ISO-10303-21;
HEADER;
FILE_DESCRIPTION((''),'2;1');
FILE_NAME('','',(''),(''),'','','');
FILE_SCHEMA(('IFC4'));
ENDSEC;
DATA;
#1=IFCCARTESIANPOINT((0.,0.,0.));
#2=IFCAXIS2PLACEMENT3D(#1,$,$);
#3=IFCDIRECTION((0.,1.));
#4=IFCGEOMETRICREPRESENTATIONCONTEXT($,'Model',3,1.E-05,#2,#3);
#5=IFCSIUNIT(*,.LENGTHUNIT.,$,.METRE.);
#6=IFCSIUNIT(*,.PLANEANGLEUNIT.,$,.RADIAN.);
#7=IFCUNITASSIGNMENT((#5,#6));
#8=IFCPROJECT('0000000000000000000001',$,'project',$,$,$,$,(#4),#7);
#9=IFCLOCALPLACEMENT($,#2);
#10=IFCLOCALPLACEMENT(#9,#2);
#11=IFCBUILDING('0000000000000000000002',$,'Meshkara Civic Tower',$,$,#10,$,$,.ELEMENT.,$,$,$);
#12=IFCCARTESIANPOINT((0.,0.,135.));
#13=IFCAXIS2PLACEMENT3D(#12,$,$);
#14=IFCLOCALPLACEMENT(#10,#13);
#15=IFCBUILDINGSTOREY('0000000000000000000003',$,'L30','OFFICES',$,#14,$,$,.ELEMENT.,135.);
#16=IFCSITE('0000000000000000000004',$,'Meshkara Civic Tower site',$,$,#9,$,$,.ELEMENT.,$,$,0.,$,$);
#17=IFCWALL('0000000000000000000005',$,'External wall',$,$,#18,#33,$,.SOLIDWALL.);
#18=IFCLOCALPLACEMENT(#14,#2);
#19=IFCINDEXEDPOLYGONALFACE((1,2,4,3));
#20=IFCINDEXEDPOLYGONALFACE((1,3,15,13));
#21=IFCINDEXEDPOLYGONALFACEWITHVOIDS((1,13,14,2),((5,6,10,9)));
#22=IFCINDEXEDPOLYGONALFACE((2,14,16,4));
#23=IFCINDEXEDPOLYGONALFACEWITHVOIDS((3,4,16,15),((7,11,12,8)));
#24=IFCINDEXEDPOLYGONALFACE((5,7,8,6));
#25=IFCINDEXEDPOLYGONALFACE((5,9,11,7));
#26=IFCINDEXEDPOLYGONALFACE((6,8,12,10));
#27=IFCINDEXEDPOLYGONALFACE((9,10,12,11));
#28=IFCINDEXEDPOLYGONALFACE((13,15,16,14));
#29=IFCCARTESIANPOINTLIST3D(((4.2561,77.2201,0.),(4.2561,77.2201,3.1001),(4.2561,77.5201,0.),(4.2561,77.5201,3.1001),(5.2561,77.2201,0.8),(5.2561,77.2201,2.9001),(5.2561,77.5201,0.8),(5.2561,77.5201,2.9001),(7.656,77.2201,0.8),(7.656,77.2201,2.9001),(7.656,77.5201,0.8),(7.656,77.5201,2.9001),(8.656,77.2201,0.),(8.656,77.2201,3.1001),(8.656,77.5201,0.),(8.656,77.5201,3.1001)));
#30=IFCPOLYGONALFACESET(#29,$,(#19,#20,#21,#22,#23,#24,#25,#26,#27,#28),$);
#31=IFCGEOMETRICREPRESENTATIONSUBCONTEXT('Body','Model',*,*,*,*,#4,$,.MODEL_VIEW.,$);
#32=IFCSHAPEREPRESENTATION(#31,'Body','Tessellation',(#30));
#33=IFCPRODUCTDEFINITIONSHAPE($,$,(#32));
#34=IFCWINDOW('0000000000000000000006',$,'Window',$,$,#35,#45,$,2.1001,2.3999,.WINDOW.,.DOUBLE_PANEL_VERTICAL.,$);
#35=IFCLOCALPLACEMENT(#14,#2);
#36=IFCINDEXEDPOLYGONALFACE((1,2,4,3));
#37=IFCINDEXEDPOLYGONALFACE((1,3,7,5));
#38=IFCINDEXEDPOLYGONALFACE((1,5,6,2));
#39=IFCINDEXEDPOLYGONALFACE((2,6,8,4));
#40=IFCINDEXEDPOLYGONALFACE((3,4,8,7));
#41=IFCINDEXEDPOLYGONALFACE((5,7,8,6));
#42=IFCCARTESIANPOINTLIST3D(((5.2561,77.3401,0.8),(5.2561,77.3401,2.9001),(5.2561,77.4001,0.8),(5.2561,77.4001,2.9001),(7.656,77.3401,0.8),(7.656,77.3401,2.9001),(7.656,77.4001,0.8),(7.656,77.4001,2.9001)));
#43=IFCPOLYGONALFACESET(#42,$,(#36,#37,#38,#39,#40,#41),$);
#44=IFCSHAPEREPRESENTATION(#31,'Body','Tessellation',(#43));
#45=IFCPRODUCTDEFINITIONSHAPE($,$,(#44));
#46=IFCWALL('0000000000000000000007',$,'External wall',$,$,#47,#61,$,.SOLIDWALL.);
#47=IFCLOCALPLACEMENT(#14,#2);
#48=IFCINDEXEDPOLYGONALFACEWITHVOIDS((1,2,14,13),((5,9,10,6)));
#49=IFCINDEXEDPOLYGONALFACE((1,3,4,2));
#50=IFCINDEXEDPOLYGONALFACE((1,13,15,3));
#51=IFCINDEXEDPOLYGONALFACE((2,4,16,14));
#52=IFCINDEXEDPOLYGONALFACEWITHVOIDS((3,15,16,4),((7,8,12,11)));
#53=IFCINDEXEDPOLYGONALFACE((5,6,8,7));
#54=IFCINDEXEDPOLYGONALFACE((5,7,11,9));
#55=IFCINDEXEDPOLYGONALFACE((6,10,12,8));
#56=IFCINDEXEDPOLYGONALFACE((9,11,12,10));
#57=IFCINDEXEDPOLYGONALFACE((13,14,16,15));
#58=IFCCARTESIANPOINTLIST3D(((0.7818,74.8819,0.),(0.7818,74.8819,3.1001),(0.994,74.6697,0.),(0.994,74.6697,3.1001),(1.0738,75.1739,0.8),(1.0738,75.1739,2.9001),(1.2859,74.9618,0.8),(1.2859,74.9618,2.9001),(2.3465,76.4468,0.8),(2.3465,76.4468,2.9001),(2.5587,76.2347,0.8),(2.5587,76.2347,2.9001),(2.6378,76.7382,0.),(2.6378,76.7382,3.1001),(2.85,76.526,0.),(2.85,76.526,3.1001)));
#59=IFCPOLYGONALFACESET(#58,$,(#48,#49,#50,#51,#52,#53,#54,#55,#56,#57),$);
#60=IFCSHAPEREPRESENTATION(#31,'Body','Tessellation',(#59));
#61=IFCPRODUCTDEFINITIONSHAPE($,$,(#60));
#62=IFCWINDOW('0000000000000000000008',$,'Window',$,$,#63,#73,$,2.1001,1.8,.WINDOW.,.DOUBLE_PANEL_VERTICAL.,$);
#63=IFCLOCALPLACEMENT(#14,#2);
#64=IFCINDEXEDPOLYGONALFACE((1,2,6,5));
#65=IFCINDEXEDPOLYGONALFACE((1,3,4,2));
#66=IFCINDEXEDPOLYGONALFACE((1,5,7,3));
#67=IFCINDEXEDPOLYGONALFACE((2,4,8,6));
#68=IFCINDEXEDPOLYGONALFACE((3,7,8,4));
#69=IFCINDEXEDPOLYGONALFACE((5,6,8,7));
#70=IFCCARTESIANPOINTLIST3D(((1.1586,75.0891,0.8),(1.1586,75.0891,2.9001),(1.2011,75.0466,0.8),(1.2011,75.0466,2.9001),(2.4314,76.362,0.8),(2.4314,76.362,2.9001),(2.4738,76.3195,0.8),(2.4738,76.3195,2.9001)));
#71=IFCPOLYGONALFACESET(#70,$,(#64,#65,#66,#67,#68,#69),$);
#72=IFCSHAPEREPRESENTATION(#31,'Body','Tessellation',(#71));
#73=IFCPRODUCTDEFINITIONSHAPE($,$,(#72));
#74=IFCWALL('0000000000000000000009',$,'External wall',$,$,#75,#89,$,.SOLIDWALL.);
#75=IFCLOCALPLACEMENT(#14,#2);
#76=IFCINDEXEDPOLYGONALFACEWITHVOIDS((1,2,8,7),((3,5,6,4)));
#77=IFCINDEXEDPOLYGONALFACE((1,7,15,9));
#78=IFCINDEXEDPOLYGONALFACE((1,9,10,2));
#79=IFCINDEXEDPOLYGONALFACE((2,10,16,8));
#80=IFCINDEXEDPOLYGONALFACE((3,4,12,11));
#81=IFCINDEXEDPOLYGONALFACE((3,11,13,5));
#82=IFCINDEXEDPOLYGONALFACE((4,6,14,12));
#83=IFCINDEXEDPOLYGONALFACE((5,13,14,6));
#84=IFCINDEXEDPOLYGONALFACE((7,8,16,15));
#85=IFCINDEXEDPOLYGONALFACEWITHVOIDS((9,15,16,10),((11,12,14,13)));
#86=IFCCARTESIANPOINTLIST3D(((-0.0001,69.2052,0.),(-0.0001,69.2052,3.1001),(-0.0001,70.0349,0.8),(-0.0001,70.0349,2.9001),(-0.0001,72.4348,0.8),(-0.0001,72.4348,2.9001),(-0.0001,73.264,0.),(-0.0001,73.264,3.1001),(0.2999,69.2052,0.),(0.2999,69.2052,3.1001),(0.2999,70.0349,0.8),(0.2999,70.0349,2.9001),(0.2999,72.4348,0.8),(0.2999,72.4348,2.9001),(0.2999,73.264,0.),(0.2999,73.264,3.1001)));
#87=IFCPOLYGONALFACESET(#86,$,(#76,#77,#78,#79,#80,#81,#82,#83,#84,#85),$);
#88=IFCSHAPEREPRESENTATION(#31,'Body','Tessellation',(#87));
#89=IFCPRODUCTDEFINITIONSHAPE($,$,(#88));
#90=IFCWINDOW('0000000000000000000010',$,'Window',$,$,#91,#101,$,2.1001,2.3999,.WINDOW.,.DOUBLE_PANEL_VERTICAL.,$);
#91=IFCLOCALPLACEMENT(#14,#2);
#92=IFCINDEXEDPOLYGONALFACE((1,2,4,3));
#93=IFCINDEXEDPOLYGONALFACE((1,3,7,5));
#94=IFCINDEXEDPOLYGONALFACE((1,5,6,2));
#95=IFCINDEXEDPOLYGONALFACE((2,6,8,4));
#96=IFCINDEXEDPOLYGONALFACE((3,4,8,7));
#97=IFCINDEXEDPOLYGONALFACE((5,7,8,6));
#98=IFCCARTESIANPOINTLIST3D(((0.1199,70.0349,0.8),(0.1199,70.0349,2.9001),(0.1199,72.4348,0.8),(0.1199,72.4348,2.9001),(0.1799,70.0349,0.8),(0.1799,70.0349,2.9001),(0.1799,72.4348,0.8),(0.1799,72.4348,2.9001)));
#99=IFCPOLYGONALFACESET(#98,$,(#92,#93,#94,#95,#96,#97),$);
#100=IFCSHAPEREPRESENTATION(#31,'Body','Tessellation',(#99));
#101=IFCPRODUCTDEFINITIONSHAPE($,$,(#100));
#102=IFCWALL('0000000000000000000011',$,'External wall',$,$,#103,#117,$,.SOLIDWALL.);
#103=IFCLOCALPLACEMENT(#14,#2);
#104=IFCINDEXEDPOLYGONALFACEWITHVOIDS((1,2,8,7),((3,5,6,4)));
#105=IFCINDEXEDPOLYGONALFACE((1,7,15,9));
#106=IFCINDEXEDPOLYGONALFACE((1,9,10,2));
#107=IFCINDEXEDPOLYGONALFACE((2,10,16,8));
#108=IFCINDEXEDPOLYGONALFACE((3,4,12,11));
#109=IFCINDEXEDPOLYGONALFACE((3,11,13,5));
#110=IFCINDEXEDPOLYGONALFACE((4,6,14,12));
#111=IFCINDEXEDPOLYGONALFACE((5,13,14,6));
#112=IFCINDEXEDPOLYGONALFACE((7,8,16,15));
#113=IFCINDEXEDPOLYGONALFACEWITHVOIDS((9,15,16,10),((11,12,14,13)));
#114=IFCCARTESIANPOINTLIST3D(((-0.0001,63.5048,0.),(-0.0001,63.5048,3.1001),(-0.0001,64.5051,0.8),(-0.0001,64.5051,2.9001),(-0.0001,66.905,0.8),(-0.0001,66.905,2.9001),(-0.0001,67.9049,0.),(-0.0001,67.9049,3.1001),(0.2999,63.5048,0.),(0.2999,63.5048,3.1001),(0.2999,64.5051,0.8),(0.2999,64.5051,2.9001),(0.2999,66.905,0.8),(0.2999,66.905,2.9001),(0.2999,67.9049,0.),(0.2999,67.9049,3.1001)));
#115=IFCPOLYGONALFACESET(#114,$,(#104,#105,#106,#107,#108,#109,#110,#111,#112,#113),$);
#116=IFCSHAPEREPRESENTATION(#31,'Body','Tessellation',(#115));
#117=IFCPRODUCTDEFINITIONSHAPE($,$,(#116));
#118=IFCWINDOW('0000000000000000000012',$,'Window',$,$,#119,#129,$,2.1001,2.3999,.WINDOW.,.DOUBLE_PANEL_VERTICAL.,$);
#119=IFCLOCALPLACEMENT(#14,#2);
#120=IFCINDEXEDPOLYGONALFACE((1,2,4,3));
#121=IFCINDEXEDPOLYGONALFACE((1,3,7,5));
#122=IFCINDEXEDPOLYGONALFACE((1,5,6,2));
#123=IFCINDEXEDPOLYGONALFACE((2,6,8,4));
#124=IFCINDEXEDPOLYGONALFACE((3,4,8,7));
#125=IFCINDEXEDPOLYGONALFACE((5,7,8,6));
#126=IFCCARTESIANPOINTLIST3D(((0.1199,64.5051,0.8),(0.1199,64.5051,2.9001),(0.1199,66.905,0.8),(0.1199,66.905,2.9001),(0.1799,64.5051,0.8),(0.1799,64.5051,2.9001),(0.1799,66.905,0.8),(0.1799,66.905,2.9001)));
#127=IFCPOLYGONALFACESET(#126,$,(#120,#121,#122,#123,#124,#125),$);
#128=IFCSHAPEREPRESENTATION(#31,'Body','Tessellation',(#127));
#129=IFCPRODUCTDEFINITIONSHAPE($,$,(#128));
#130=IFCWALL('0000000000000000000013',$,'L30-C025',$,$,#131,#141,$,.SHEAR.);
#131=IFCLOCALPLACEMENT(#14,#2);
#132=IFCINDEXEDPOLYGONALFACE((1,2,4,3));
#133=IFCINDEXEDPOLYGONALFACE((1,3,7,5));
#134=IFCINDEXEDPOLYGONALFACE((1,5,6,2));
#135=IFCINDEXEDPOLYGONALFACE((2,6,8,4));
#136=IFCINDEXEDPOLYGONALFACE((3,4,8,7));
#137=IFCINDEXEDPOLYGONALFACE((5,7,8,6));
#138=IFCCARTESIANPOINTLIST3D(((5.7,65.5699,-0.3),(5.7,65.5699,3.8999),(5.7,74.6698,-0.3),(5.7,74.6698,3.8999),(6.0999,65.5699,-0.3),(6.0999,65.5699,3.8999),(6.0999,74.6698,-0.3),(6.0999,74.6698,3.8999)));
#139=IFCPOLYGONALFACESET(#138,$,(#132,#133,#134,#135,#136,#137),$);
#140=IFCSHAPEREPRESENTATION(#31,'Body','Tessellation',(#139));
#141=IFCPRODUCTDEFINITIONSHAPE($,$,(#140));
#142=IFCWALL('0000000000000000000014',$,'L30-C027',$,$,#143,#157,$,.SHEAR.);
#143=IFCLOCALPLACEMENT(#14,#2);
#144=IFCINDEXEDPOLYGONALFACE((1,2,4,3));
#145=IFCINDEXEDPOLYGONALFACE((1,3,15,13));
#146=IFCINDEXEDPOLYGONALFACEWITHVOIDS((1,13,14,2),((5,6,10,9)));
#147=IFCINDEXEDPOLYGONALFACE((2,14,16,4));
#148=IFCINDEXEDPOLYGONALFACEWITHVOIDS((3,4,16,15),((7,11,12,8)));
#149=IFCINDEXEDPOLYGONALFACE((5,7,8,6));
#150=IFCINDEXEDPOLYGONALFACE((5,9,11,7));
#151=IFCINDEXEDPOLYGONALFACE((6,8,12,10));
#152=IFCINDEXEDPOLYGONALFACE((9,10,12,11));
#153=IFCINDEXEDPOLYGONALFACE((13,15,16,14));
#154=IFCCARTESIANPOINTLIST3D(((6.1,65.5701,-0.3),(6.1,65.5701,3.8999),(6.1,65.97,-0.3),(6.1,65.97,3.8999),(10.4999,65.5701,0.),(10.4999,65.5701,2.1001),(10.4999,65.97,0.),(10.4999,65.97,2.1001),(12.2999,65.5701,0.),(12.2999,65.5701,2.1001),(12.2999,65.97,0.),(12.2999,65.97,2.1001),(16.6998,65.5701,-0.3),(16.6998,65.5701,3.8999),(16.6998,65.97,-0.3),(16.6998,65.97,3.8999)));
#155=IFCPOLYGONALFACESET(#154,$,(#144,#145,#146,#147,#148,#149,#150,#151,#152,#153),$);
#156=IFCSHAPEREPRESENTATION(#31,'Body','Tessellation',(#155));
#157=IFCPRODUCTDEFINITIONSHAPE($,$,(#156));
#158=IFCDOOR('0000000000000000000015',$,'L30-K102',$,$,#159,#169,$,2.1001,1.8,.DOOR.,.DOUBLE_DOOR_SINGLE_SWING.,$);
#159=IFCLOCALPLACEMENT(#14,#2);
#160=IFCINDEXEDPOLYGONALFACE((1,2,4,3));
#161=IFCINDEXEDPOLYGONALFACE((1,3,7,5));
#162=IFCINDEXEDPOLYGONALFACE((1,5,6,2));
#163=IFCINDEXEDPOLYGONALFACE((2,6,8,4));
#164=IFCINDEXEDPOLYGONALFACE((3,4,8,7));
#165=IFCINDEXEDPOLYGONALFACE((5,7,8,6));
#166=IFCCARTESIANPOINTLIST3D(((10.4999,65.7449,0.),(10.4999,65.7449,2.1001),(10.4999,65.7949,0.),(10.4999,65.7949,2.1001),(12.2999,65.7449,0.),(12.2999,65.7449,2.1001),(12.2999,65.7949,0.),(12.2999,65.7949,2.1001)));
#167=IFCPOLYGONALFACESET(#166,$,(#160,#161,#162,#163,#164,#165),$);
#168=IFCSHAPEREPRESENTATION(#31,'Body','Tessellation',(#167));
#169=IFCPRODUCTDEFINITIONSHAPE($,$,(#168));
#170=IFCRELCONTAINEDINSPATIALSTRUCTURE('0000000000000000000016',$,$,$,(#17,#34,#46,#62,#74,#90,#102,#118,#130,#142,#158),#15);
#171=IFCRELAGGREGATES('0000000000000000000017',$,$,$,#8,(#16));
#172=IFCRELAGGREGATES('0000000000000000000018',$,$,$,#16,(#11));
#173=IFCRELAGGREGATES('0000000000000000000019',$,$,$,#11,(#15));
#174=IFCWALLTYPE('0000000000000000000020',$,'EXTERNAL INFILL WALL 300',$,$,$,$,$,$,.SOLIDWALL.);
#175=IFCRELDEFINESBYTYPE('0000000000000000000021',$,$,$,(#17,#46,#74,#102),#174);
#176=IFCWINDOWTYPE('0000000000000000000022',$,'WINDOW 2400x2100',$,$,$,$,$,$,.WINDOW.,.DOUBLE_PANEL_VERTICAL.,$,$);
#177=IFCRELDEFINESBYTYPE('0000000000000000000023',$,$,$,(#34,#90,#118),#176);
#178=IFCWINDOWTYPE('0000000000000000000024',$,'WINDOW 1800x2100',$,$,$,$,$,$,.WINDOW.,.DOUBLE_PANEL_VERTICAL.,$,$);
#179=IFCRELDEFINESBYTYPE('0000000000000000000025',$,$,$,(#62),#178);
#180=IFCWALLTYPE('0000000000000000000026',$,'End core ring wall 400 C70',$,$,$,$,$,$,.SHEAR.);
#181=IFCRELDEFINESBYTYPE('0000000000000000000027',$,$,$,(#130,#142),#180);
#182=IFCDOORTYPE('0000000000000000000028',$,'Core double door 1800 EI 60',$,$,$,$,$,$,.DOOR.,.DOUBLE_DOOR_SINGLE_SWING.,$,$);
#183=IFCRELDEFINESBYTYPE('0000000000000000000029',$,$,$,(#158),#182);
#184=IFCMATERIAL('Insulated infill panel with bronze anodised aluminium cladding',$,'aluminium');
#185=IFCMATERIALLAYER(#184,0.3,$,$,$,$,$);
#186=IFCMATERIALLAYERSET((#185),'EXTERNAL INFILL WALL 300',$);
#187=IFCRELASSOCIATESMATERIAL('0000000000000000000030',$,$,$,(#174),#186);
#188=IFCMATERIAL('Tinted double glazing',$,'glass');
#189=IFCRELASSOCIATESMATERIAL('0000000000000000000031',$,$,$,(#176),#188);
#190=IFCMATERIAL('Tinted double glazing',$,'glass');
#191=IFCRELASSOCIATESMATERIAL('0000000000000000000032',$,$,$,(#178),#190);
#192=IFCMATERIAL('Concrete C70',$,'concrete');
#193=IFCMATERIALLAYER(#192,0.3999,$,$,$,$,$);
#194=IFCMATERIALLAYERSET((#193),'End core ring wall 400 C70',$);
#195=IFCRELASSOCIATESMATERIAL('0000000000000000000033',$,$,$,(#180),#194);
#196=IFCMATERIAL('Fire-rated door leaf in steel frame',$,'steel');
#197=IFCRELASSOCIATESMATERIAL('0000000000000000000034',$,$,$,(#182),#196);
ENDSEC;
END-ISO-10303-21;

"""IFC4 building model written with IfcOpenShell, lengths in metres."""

from ifc_helpers import new_model, si_unit, direction, frame, frame_2d, origin, place, context, subcontext, project, spatial, rectangle, extrude, material, layer, layer_set, type_object, element, fill, save


model = new_model("IFC4")

# Units and contexts
model_context = context("Model", 3, precision=1e-05, world=origin(), true_north=direction((0.0, 1.0)))
body_context = subcontext(model_context, "Body", "Model", "MODEL_VIEW")
ifc_project = project(units=[si_unit("LENGTHUNIT", "METRE"), si_unit("PLANEANGLEUNIT", "RADIAN")], contexts=[model_context])

# Site, building, storey
site_placement = place(None, origin())
site = spatial("IfcSite", under=ifc_project, at=site_placement, Name="Meshkara Civic Tower site", CompositionType="ELEMENT", RefElevation=0.0)
building_placement = place(site_placement, origin())
building = spatial("IfcBuilding", under=site, at=building_placement, Name="Meshkara Civic Tower", CompositionType="ELEMENT")
storey_placement = place(building_placement, frame((0.0, 0.0, 135.0)))
storey = spatial("IfcBuildingStorey", under=building, at=storey_placement, Name="L30", Description="OFFICES", CompositionType="ELEMENT", Elevation=135.0)

# Walls, openings, windows
ifc_material_1 = material(Name="Insulated infill panel with bronze anodised aluminium cladding", Category="aluminium")
ifc_layer_1 = layer(ifc_material_1, 0.3)
ifc_layer_set_1 = layer_set([ifc_layer_1], Name="EXTERNAL INFILL WALL 300")
wall_type_1 = type_object("IfcWallType", Name="EXTERNAL INFILL WALL 300", PredefinedType="SOLIDWALL", material=ifc_layer_set_1)
wall_1_placement = place(storey_placement, frame((8.656, 77.3701, 0.0), z_axis=(0.0, 0.0, 1.0), x_axis=(-1.0, 0.0, 0.0)))
wall_1 = element("IfcWall", 1, at=wall_1_placement, inside=storey, type_object=wall_type_1, Name="External wall", PredefinedType="SOLIDWALL", context=body_context, shape_type="SweptSolid", body=[
    extrude(rectangle(XDim=4.3999, YDim=0.3, at=frame_2d((2.2, 0.0))), origin(), (0.0, 0.0, 1.0), 3.1001),
])
opening_1_placement = place(wall_1_placement, frame((1.0, 0.0, 0.8)))
opening_1 = element("IfcOpeningElement", 2, at=opening_1_placement, cuts=wall_1, PredefinedType="OPENING", context=body_context, shape_type="SweptSolid", body=[
    extrude(rectangle(XDim=2.3999, YDim=2.1001, at=frame_2d((1.2, 1.05))), frame((0.0, 0.1599, 0.0), z_axis=(0.0, -1.0, 0.0), x_axis=(1.0, 0.0, 0.0)), (0.0, 0.0, 1.0), 0.3201),
])
ifc_material_2 = material(Name="Tinted double glazing", Category="glass")
window_type_1 = type_object("IfcWindowType", Name="WINDOW 2400x2100", PartitioningType="DOUBLE_PANEL_VERTICAL", PredefinedType="WINDOW", material=ifc_material_2)
window_1_placement = place(opening_1_placement, origin())
window_1 = element("IfcWindow", 3, at=window_1_placement, inside=storey, type_object=window_type_1, Name="Window", OverallHeight=2.1001, OverallWidth=2.3999, PartitioningType="DOUBLE_PANEL_VERTICAL", PredefinedType="WINDOW", context=body_context, shape_type="SweptSolid", body=[
    extrude(rectangle(XDim=2.3999, YDim=2.1001, at=frame_2d((1.2, 1.05))), frame((0.0, 0.03, 0.0), z_axis=(0.0, -1.0, 0.0), x_axis=(1.0, 0.0, 0.0)), (0.0, 0.0, 1.0), 0.0601),
])
fill(opening_1, window_1)
wall_2_placement = place(storey_placement, frame((2.7439, 76.6321, 0.0), z_axis=(0.0, 0.0, 1.0), x_axis=(-0.70706, -0.707153, 0.0)))
wall_2 = element("IfcWall", 4, at=wall_2_placement, inside=storey, type_object=wall_type_1, Name="External wall", PredefinedType="SOLIDWALL", context=body_context, shape_type="SweptSolid", body=[
    extrude(rectangle(XDim=2.625, YDim=0.3, at=frame_2d((1.3125, 0.0))), origin(), (0.0, 0.0, 1.0), 3.1001),
])
opening_2_placement = place(wall_2_placement, frame((0.4121, 0.0, 0.8)))
opening_2 = element("IfcOpeningElement", 5, at=opening_2_placement, cuts=wall_2, PredefinedType="OPENING", context=body_context, shape_type="SweptSolid", body=[
    extrude(rectangle(XDim=1.8, YDim=2.1001, at=frame_2d((0.8999, 1.05))), frame((0.0, 0.1599, 0.0), z_axis=(0.0, -1.0, 0.0), x_axis=(1.0, 0.0, 0.0)), (0.0, 0.0, 1.0), 0.3201),
])
ifc_material_3 = material(Name="Tinted double glazing", Category="glass")
window_type_2 = type_object("IfcWindowType", Name="WINDOW 1800x2100", PartitioningType="DOUBLE_PANEL_VERTICAL", PredefinedType="WINDOW", material=ifc_material_3)
window_2_placement = place(opening_2_placement, origin())
window_2 = element("IfcWindow", 6, at=window_2_placement, inside=storey, type_object=window_type_2, Name="Window", OverallHeight=2.1001, OverallWidth=1.8, PartitioningType="DOUBLE_PANEL_VERTICAL", PredefinedType="WINDOW", context=body_context, shape_type="SweptSolid", body=[
    extrude(rectangle(XDim=1.8, YDim=2.1001, at=frame_2d((0.8999, 1.05))), frame((0.0, 0.03, 0.0), z_axis=(0.0, -1.0, 0.0), x_axis=(1.0, 0.0, 0.0)), (0.0, 0.0, 1.0), 0.0601),
])
fill(opening_2, window_2)
wall_3_placement = place(storey_placement, frame((0.1499, 73.2639, 0.0), z_axis=(0.0, 0.0, 1.0), x_axis=(0.0, -1.0, 0.0)))
wall_3 = element("IfcWall", 7, at=wall_3_placement, inside=storey, type_object=wall_type_1, Name="External wall", PredefinedType="SOLIDWALL", context=body_context, shape_type="SweptSolid", body=[
    extrude(rectangle(XDim=4.0588, YDim=0.3, at=frame_2d((2.0293, 0.0))), origin(), (0.0, 0.0, 1.0), 3.1001),
])
opening_3_placement = place(wall_3_placement, frame((0.8291, 0.0, 0.8)))
opening_3 = element("IfcOpeningElement", 8, at=opening_3_placement, cuts=wall_3, PredefinedType="OPENING", context=body_context, shape_type="SweptSolid", body=[
    extrude(rectangle(XDim=2.3999, YDim=2.1001, at=frame_2d((1.2, 1.05))), frame((0.0, 0.1599, 0.0), z_axis=(0.0, -1.0, 0.0), x_axis=(1.0, 0.0, 0.0)), (0.0, 0.0, 1.0), 0.3201),
])
window_3_placement = place(opening_3_placement, origin())
window_3 = element("IfcWindow", 9, at=window_3_placement, inside=storey, type_object=window_type_1, Name="Window", OverallHeight=2.1001, OverallWidth=2.3999, PartitioningType="DOUBLE_PANEL_VERTICAL", PredefinedType="WINDOW", context=body_context, shape_type="SweptSolid", body=[
    extrude(rectangle(XDim=2.3999, YDim=2.1001, at=frame_2d((1.2, 1.05))), frame((0.0, 0.03, 0.0), z_axis=(0.0, -1.0, 0.0), x_axis=(1.0, 0.0, 0.0)), (0.0, 0.0, 1.0), 0.0601),
])
fill(opening_3, window_3)
wall_4_placement = place(storey_placement, frame((0.1499, 67.905, 0.0), z_axis=(0.0, 0.0, 1.0), x_axis=(0.0, -1.0, 0.0)))
wall_4 = element("IfcWall", 10, at=wall_4_placement, inside=storey, type_object=wall_type_1, Name="External wall", PredefinedType="SOLIDWALL", context=body_context, shape_type="SweptSolid", body=[
    extrude(rectangle(XDim=4.4001, YDim=0.3, at=frame_2d((2.2002, 0.0))), origin(), (0.0, 0.0, 1.0), 3.1001),
])
opening_4_placement = place(wall_4_placement, frame((1.0, 0.0, 0.8)))
opening_4 = element("IfcOpeningElement", 11, at=opening_4_placement, cuts=wall_4, PredefinedType="OPENING", context=body_context, shape_type="SweptSolid", body=[
    extrude(rectangle(XDim=2.3999, YDim=2.1001, at=frame_2d((1.2, 1.05))), frame((0.0, 0.1599, 0.0), z_axis=(0.0, -1.0, 0.0), x_axis=(1.0, 0.0, 0.0)), (0.0, 0.0, 1.0), 0.3201),
])
window_4_placement = place(opening_4_placement, origin())
window_4 = element("IfcWindow", 12, at=window_4_placement, inside=storey, type_object=window_type_1, Name="Window", OverallHeight=2.1001, OverallWidth=2.3999, PartitioningType="DOUBLE_PANEL_VERTICAL", PredefinedType="WINDOW", context=body_context, shape_type="SweptSolid", body=[
    extrude(rectangle(XDim=2.3999, YDim=2.1001, at=frame_2d((1.2, 1.05))), frame((0.0, 0.03, 0.0), z_axis=(0.0, -1.0, 0.0), x_axis=(1.0, 0.0, 0.0)), (0.0, 0.0, 1.0), 0.0601),
])
fill(opening_4, window_4)

# Wall
ifc_material_4 = material(Name="Concrete C70", Category="concrete")
ifc_layer_2 = layer(ifc_material_4, 0.3999)
ifc_layer_set_2 = layer_set([ifc_layer_2], Name="End core ring wall 400 C70")
wall_type_2 = type_object("IfcWallType", Name="End core ring wall 400 C70", PredefinedType="SHEAR", material=ifc_layer_set_2)
wall_5_placement = place(storey_placement, frame((5.8999, 65.5701, -0.3), z_axis=(0.0, 0.0, 1.0), x_axis=(0.0, 1.0, 0.0)))
element("IfcWall", 13, at=wall_5_placement, inside=storey, type_object=wall_type_2, Name="L30-C025", PredefinedType="SHEAR", context=body_context, shape_type="SweptSolid", body=[
    extrude(rectangle(XDim=9.0999, YDim=0.3999, at=frame_2d((4.5498, 0.0))), origin(), (0.0, 0.0, 1.0), 4.2),
])

# Wall, opening, door
wall_6_placement = place(storey_placement, frame((6.1001, 65.77, -0.3), z_axis=(0.0, 0.0, 1.0), x_axis=(1.0, 0.0, 0.0)))
wall_6 = element("IfcWall", 14, at=wall_6_placement, inside=storey, type_object=wall_type_2, Name="L30-C027", PredefinedType="SHEAR", context=body_context, shape_type="SweptSolid", body=[
    extrude(rectangle(XDim=10.5999, YDim=0.3999, at=frame_2d((5.2998, 0.0))), origin(), (0.0, 0.0, 1.0), 4.2),
])
opening_5_placement = place(wall_6_placement, frame((4.3999, 0.0, 0.3)))
opening_5 = element("IfcOpeningElement", 15, at=opening_5_placement, cuts=wall_6, PredefinedType="OPENING", context=body_context, shape_type="SweptSolid", body=[
    extrude(rectangle(XDim=1.8, YDim=2.1001, at=frame_2d((0.8999, 1.05))), frame((0.0, 0.21, 0.0), z_axis=(0.0, -1.0, 0.0), x_axis=(1.0, 0.0, 0.0)), (0.0, 0.0, 1.0), 0.4199),
])
ifc_material_5 = material(Name="Fire-rated door leaf in steel frame", Category="steel")
door_type_1 = type_object("IfcDoorType", Name="Core double door 1800 EI 60", OperationType="DOUBLE_DOOR_SINGLE_SWING", PredefinedType="DOOR", material=ifc_material_5)
door_1_placement = place(opening_5_placement, origin())
door_1 = element("IfcDoor", 16, at=door_1_placement, inside=storey, type_object=door_type_1, Name="L30-K102", OperationType="DOUBLE_DOOR_SINGLE_SWING", OverallHeight=2.1001, OverallWidth=1.8, PredefinedType="DOOR", context=body_context, shape_type="SweptSolid", body=[
    extrude(rectangle(XDim=1.8, YDim=2.1001, at=frame_2d((0.8999, 1.05))), frame((0.0, 0.0249, 0.0), z_axis=(0.0, -1.0, 0.0), x_axis=(1.0, 0.0, 0.0)), (0.0, 0.0, 1.0), 0.05),
])
fill(opening_5, door_1)

save(model, "model.ifc")
